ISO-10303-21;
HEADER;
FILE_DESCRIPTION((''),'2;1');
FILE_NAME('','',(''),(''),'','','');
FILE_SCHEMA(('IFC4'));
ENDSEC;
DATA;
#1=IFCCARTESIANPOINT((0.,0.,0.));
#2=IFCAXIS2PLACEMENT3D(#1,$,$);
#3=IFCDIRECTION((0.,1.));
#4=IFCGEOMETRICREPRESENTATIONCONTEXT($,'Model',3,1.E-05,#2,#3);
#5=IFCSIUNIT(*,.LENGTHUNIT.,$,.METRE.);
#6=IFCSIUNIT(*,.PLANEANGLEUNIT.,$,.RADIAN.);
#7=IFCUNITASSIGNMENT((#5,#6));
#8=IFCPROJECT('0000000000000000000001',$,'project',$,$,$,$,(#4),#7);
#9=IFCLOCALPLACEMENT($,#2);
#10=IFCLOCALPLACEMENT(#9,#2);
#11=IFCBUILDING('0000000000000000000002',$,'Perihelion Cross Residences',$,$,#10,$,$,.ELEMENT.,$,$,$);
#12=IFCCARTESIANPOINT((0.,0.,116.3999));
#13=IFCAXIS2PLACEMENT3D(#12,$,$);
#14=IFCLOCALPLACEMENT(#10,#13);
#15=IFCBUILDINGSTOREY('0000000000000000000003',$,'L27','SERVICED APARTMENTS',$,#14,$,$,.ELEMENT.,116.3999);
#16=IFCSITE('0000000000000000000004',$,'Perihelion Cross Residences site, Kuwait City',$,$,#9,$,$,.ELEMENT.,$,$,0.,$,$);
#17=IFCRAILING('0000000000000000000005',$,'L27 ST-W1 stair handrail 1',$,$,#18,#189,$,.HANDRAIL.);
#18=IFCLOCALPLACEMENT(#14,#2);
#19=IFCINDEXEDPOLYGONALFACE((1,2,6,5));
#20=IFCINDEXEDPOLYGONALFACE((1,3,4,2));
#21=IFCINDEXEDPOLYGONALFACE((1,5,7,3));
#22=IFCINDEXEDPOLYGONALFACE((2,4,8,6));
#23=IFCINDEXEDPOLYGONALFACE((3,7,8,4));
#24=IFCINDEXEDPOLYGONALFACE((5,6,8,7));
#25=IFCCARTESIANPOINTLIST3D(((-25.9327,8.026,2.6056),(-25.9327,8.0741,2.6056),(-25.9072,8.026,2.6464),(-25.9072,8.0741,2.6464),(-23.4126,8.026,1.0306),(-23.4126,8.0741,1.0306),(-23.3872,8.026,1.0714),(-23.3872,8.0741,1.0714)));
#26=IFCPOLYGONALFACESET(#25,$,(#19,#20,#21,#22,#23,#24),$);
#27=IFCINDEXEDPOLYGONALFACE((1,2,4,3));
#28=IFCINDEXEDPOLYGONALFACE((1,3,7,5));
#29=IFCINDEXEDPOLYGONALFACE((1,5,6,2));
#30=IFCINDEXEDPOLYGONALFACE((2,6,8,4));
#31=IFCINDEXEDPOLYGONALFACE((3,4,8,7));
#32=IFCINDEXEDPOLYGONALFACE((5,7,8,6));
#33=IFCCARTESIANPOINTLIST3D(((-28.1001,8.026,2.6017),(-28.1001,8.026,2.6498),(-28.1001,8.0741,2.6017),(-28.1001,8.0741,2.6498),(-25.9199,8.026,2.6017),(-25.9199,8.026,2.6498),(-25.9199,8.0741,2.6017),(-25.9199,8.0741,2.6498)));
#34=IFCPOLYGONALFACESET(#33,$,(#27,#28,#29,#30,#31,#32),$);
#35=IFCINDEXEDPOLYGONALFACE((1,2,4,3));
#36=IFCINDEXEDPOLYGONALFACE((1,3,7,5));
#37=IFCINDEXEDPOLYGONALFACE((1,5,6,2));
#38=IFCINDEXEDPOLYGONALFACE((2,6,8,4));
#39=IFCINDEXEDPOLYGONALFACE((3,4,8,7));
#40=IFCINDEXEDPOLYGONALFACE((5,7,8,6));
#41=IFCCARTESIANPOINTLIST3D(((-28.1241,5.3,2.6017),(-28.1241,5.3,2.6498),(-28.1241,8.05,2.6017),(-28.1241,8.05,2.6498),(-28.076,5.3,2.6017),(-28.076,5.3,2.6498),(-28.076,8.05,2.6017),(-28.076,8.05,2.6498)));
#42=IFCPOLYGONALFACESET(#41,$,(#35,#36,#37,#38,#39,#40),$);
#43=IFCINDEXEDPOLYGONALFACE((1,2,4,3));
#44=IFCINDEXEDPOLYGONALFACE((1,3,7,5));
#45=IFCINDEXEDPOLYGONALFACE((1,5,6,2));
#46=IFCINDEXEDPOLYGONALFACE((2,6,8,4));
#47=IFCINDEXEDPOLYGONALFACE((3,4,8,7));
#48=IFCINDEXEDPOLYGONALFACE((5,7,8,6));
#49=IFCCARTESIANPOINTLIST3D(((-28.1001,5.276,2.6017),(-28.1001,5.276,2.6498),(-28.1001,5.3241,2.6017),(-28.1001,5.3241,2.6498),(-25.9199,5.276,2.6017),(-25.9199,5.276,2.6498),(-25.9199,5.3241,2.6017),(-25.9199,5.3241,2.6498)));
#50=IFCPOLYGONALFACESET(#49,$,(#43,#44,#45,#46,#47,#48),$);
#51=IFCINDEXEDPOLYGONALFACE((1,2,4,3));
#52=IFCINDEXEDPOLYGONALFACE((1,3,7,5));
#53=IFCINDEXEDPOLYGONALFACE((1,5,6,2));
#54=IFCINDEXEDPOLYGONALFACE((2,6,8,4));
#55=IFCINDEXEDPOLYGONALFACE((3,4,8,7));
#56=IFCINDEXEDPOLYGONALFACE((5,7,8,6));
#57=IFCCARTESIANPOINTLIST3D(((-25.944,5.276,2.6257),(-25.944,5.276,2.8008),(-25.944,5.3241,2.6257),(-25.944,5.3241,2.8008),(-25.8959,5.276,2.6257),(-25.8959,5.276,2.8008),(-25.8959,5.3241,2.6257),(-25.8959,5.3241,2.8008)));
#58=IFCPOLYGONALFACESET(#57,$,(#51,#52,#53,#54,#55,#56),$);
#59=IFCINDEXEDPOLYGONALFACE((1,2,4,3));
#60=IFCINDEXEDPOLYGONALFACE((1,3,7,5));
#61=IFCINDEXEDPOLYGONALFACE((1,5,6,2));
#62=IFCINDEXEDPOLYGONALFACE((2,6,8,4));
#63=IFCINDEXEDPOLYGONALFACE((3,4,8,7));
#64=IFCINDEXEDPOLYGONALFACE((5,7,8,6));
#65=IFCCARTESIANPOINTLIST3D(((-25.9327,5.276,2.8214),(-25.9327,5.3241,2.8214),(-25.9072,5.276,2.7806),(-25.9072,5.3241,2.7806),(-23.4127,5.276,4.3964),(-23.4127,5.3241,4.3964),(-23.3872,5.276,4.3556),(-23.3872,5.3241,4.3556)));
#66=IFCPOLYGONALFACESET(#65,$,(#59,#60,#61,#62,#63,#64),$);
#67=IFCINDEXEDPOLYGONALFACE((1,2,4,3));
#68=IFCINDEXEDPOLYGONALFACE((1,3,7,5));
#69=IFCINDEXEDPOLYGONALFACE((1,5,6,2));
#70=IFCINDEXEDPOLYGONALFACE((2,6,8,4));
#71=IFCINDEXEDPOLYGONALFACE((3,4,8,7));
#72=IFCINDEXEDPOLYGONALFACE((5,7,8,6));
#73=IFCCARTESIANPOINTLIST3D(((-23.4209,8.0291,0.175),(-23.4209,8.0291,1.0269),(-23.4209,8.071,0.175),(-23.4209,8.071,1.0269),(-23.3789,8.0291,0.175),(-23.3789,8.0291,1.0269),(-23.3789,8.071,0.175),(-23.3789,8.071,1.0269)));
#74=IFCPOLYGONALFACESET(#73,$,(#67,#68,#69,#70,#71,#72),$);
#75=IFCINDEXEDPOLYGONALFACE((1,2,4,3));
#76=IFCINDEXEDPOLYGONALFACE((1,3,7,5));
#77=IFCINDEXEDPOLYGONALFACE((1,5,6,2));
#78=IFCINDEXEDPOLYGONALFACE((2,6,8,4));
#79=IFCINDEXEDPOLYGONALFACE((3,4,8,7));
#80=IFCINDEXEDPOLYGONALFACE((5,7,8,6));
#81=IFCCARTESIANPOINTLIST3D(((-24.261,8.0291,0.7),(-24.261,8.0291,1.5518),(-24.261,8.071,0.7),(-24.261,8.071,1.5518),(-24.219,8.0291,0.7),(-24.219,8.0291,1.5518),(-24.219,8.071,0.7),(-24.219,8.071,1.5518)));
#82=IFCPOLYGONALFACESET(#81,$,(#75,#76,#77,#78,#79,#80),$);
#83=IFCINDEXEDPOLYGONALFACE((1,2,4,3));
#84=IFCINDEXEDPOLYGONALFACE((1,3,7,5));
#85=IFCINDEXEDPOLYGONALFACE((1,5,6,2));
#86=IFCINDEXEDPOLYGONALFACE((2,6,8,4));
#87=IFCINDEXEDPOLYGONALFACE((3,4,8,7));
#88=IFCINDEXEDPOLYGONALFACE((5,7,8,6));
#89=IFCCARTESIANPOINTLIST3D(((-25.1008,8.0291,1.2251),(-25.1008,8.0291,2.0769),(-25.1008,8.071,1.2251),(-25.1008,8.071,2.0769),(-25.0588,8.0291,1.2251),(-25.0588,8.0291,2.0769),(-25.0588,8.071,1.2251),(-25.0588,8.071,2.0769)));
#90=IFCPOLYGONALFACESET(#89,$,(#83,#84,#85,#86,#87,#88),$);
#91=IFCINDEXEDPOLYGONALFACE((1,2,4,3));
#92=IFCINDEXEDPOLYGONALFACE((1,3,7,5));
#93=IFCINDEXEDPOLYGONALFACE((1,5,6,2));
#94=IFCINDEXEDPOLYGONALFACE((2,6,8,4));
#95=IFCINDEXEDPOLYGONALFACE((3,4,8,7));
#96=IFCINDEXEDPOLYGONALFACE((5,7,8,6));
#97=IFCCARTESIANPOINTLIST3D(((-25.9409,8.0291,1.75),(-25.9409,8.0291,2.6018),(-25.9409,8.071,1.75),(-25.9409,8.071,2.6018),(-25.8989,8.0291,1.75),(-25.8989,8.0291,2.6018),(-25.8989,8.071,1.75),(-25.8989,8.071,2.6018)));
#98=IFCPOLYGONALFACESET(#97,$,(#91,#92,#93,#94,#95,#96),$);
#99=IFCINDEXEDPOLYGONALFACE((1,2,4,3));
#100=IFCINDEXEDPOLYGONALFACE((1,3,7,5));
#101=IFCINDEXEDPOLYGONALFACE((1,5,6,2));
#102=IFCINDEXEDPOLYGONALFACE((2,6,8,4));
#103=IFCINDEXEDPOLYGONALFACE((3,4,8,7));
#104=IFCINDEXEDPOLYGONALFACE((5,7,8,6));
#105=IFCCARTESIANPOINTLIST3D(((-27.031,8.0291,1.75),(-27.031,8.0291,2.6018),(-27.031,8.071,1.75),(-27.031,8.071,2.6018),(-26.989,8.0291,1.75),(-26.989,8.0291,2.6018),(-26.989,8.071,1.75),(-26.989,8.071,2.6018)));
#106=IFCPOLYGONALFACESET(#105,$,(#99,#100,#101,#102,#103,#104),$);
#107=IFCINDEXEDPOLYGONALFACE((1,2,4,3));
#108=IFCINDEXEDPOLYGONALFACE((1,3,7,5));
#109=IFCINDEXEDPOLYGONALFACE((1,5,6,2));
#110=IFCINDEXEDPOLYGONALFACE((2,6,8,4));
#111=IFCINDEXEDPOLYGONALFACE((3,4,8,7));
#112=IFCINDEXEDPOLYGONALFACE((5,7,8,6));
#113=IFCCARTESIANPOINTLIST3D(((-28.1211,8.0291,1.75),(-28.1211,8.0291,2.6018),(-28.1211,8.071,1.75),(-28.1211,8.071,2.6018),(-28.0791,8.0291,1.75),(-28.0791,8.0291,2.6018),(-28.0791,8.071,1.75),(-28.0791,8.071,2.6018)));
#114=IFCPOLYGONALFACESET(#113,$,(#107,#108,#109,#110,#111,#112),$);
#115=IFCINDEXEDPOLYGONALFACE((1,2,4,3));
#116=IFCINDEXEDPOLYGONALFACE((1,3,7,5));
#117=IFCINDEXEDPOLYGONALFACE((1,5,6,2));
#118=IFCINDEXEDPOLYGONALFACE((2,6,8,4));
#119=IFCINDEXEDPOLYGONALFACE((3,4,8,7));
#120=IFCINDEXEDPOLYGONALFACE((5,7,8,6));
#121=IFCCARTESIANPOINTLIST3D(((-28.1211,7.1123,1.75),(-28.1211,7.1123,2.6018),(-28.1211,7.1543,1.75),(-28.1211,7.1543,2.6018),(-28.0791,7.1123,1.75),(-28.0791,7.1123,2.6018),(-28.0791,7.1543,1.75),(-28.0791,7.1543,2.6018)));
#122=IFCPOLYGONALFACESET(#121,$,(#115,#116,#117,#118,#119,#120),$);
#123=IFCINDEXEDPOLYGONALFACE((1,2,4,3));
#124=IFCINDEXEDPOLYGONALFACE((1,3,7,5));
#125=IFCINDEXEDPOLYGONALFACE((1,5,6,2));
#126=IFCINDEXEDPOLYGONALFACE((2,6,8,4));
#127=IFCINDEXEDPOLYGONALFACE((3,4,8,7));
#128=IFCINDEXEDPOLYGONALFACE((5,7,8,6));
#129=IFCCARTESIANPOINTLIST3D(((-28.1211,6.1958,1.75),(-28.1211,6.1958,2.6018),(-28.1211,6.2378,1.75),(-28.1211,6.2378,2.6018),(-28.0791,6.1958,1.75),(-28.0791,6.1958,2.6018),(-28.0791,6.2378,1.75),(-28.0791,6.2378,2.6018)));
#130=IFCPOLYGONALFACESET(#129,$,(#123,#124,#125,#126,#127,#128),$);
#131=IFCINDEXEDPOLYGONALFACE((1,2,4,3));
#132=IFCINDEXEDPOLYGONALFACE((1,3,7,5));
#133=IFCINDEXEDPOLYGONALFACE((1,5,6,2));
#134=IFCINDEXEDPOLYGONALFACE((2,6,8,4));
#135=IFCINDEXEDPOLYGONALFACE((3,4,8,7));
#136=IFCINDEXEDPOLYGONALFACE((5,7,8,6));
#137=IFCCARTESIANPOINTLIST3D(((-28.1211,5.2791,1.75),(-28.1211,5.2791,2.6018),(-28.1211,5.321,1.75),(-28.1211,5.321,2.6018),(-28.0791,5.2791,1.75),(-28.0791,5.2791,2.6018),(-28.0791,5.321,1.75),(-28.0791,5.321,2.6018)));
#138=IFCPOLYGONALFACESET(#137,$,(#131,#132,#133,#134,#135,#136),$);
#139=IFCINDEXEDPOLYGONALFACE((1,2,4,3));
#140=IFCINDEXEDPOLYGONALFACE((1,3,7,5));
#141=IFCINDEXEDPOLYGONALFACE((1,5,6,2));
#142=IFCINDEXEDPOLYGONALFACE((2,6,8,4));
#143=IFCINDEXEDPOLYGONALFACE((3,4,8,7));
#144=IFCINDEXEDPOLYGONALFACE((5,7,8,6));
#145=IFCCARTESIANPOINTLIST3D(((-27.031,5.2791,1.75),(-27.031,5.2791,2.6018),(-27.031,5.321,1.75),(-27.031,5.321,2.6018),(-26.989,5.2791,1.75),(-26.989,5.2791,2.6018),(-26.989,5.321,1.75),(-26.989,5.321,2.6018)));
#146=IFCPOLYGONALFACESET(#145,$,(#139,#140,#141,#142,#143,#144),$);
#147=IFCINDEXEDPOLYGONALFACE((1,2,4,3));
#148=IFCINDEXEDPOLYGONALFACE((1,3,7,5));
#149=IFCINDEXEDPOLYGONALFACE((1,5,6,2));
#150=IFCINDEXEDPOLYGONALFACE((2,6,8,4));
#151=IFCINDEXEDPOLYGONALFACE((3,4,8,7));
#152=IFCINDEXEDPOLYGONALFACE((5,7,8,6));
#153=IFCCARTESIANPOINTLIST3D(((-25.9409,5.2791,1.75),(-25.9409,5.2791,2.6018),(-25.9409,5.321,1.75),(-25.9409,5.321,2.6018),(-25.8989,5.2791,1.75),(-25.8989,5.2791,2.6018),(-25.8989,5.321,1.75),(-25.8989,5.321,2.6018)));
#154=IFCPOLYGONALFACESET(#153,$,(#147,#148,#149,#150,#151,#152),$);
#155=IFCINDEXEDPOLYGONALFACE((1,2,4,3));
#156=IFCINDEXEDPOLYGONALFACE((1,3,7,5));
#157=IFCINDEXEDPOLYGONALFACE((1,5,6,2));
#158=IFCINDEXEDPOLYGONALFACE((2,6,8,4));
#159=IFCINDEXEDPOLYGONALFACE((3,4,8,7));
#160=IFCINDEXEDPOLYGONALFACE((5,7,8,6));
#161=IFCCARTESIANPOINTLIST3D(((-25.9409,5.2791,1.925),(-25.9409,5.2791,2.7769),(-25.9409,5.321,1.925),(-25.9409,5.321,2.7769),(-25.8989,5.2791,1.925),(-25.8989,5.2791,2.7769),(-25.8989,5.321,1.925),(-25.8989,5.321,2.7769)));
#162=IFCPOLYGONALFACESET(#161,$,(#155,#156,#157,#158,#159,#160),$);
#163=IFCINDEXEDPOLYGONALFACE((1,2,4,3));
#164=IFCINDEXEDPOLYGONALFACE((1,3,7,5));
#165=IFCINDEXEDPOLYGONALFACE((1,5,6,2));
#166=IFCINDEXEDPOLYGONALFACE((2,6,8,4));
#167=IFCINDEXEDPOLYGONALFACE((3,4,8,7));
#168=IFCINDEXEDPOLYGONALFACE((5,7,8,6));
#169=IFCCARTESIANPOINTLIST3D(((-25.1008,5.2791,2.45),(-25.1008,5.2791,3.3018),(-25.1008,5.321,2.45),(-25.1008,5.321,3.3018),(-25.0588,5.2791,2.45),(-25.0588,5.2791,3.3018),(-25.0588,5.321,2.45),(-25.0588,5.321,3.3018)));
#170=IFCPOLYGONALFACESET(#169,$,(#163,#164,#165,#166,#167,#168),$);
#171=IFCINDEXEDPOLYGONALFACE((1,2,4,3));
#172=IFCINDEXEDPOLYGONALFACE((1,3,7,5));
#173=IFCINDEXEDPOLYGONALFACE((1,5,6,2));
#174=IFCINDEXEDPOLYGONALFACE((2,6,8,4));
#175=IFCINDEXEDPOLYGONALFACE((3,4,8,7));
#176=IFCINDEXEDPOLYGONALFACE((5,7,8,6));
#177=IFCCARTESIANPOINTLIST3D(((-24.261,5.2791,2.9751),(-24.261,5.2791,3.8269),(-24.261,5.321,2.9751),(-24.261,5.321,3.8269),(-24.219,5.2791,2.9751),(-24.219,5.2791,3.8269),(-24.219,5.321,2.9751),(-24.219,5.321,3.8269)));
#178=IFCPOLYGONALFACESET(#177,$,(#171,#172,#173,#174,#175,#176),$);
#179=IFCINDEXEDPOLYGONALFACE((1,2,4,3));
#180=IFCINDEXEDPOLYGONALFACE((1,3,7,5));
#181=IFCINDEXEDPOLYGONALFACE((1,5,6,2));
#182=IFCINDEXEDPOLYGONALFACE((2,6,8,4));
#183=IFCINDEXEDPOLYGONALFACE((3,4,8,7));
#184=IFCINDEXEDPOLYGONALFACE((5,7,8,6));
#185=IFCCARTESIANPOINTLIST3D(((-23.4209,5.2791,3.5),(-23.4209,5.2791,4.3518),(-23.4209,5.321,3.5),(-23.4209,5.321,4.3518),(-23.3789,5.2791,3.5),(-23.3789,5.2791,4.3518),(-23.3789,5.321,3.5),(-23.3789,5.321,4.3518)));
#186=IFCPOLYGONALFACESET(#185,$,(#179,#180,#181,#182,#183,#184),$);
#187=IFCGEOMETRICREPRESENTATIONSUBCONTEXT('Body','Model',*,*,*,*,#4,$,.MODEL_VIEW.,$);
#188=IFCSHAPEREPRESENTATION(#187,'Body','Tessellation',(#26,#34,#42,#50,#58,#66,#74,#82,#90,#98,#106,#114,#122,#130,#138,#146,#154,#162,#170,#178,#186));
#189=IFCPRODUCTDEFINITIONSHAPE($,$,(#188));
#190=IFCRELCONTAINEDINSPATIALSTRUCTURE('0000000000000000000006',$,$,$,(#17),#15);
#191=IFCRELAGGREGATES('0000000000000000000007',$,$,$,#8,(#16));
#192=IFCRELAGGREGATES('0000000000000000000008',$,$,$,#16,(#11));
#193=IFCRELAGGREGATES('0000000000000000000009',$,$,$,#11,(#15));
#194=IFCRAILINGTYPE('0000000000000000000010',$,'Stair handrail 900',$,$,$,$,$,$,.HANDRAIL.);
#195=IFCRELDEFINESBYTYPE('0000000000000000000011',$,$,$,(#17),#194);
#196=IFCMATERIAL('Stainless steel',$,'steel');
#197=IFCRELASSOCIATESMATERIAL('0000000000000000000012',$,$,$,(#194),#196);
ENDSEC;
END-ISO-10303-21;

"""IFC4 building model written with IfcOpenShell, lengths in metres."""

from ifc_helpers import new_model, si_unit, direction, frame, origin, origin_2d, place, context, subcontext, project, spatial, rectangle, extrude, material, type_object, element, save


model = new_model("IFC4")

# Units and contexts
model_context = context("Model", 3, precision=1e-05, world=origin(), true_north=direction((0.0, 1.0)))
body_context = subcontext(model_context, "Body", "Model", "MODEL_VIEW")
ifc_project = project(units=[si_unit("LENGTHUNIT", "METRE"), si_unit("PLANEANGLEUNIT", "RADIAN")], contexts=[model_context])

# Site, building, storey
site_placement = place(None, origin())
site = spatial("IfcSite", under=ifc_project, at=site_placement, Name="Perihelion Cross Residences site, Kuwait City", CompositionType="ELEMENT", RefElevation=0.0)
building_placement = place(site_placement, origin())
building = spatial("IfcBuilding", under=site, at=building_placement, Name="Perihelion Cross Residences", CompositionType="ELEMENT")
storey_placement = place(building_placement, frame((0.0, 0.0, 116.3999)))
storey = spatial("IfcBuildingStorey", under=building, at=storey_placement, Name="L27", Description="SERVICED APARTMENTS", CompositionType="ELEMENT", Elevation=116.3999)

# Railing
ifc_material_1 = material(Name="Stainless steel", Category="steel")
railing_type_1 = type_object("IfcRailingType", Name="Stair handrail 900", PredefinedType="HANDRAIL", material=ifc_material_1)
railing_1_placement = place(storey_placement, frame((-23.3999, 8.05, 0.175)))
element("IfcRailing", 1, at=railing_1_placement, inside=storey, type_object=railing_type_1, Name="L27 ST-W1 stair handrail 1", PredefinedType="HANDRAIL", context=body_context, shape_type="SweptSolid", body=[
    extrude(rectangle(XDim=0.0481, YDim=0.0481, at=origin_2d()), frame((0.0, 0.0, 0.876), z_axis=(-0.848008, 0.0, 0.529984), x_axis=(0.0, -1.0, 0.0)), (0.0, 0.0, 1.0), 2.9717),
    extrude(rectangle(XDim=0.0481, YDim=0.0481, at=origin_2d()), frame((-2.52, 0.0, 2.4507), z_axis=(-1.0, 0.0, 0.0), x_axis=(0.0, -1.0, 0.0)), (0.0, 0.0, 1.0), 2.1802),
    extrude(rectangle(XDim=0.0481, YDim=0.0481, at=origin_2d()), frame((-4.7002, 0.0, 2.4507), z_axis=(0.0, -1.0, 0.0), x_axis=(1.0, 0.0, 0.0)), (0.0, 0.0, 1.0), 2.75),
    extrude(rectangle(XDim=0.0481, YDim=0.0481, at=origin_2d()), frame((-4.7002, -2.75, 2.4507), z_axis=(1.0, 0.0, 0.0), x_axis=(0.0, 1.0, 0.0)), (0.0, 0.0, 1.0), 2.1802),
    extrude(rectangle(XDim=0.0481, YDim=0.0481, at=origin_2d()), frame((-2.52, -2.75, 2.4507), z_axis=(0.0, 0.0, 1.0), x_axis=(1.0, 0.0, 0.0)), (0.0, 0.0, 1.0), 0.175),
    extrude(rectangle(XDim=0.0481, YDim=0.0481, at=origin_2d()), frame((-2.52, -2.75, 2.626), z_axis=(0.848008, 0.0, 0.529984), x_axis=(0.0, 1.0, 0.0)), (0.0, 0.0, 1.0), 2.9717),
    extrude(rectangle(XDim=0.042, YDim=0.042, at=origin_2d()), origin(), (0.0, 0.0, 1.0), 0.8518),
    extrude(rectangle(XDim=0.042, YDim=0.042, at=origin_2d()), frame((-0.8401, 0.0, 0.5249)), (0.0, 0.0, 1.0), 0.8518),
    extrude(rectangle(XDim=0.042, YDim=0.042, at=origin_2d()), frame((-1.6799, 0.0, 1.05)), (0.0, 0.0, 1.0), 0.8518),
    extrude(rectangle(XDim=0.042, YDim=0.042, at=origin_2d()), frame((-2.52, 0.0, 1.575)), (0.0, 0.0, 1.0), 0.8518),
    extrude(rectangle(XDim=0.042, YDim=0.042, at=origin_2d()), frame((-3.6101, 0.0, 1.575)), (0.0, 0.0, 1.0), 0.8518),
    extrude(rectangle(XDim=0.042, YDim=0.042, at=origin_2d()), frame((-4.7002, 0.0, 1.575)), (0.0, 0.0, 1.0), 0.8518),
    extrude(rectangle(XDim=0.042, YDim=0.042, at=origin_2d()), frame((-4.7002, -0.9167, 1.575)), (0.0, 0.0, 1.0), 0.8518),
    extrude(rectangle(XDim=0.042, YDim=0.042, at=origin_2d()), frame((-4.7002, -1.8333, 1.575)), (0.0, 0.0, 1.0), 0.8518),
    extrude(rectangle(XDim=0.042, YDim=0.042, at=origin_2d()), frame((-4.7002, -2.75, 1.575)), (0.0, 0.0, 1.0), 0.8518),
    extrude(rectangle(XDim=0.042, YDim=0.042, at=origin_2d()), frame((-3.6101, -2.75, 1.575)), (0.0, 0.0, 1.0), 0.8518),
    extrude(rectangle(XDim=0.042, YDim=0.042, at=origin_2d()), frame((-2.52, -2.75, 1.575)), (0.0, 0.0, 1.0), 0.8518),
    extrude(rectangle(XDim=0.042, YDim=0.042, at=origin_2d()), frame((-2.52, -2.75, 1.75)), (0.0, 0.0, 1.0), 0.8518),
    extrude(rectangle(XDim=0.042, YDim=0.042, at=origin_2d()), frame((-1.6799, -2.75, 2.2749)), (0.0, 0.0, 1.0), 0.8518),
    extrude(rectangle(XDim=0.042, YDim=0.042, at=origin_2d()), frame((-0.8401, -2.75, 2.8)), (0.0, 0.0, 1.0), 0.8518),
    extrude(rectangle(XDim=0.042, YDim=0.042, at=origin_2d()), frame((0.0, -2.75, 3.325)), (0.0, 0.0, 1.0), 0.8518),
])

save(model, "model.ifc")
